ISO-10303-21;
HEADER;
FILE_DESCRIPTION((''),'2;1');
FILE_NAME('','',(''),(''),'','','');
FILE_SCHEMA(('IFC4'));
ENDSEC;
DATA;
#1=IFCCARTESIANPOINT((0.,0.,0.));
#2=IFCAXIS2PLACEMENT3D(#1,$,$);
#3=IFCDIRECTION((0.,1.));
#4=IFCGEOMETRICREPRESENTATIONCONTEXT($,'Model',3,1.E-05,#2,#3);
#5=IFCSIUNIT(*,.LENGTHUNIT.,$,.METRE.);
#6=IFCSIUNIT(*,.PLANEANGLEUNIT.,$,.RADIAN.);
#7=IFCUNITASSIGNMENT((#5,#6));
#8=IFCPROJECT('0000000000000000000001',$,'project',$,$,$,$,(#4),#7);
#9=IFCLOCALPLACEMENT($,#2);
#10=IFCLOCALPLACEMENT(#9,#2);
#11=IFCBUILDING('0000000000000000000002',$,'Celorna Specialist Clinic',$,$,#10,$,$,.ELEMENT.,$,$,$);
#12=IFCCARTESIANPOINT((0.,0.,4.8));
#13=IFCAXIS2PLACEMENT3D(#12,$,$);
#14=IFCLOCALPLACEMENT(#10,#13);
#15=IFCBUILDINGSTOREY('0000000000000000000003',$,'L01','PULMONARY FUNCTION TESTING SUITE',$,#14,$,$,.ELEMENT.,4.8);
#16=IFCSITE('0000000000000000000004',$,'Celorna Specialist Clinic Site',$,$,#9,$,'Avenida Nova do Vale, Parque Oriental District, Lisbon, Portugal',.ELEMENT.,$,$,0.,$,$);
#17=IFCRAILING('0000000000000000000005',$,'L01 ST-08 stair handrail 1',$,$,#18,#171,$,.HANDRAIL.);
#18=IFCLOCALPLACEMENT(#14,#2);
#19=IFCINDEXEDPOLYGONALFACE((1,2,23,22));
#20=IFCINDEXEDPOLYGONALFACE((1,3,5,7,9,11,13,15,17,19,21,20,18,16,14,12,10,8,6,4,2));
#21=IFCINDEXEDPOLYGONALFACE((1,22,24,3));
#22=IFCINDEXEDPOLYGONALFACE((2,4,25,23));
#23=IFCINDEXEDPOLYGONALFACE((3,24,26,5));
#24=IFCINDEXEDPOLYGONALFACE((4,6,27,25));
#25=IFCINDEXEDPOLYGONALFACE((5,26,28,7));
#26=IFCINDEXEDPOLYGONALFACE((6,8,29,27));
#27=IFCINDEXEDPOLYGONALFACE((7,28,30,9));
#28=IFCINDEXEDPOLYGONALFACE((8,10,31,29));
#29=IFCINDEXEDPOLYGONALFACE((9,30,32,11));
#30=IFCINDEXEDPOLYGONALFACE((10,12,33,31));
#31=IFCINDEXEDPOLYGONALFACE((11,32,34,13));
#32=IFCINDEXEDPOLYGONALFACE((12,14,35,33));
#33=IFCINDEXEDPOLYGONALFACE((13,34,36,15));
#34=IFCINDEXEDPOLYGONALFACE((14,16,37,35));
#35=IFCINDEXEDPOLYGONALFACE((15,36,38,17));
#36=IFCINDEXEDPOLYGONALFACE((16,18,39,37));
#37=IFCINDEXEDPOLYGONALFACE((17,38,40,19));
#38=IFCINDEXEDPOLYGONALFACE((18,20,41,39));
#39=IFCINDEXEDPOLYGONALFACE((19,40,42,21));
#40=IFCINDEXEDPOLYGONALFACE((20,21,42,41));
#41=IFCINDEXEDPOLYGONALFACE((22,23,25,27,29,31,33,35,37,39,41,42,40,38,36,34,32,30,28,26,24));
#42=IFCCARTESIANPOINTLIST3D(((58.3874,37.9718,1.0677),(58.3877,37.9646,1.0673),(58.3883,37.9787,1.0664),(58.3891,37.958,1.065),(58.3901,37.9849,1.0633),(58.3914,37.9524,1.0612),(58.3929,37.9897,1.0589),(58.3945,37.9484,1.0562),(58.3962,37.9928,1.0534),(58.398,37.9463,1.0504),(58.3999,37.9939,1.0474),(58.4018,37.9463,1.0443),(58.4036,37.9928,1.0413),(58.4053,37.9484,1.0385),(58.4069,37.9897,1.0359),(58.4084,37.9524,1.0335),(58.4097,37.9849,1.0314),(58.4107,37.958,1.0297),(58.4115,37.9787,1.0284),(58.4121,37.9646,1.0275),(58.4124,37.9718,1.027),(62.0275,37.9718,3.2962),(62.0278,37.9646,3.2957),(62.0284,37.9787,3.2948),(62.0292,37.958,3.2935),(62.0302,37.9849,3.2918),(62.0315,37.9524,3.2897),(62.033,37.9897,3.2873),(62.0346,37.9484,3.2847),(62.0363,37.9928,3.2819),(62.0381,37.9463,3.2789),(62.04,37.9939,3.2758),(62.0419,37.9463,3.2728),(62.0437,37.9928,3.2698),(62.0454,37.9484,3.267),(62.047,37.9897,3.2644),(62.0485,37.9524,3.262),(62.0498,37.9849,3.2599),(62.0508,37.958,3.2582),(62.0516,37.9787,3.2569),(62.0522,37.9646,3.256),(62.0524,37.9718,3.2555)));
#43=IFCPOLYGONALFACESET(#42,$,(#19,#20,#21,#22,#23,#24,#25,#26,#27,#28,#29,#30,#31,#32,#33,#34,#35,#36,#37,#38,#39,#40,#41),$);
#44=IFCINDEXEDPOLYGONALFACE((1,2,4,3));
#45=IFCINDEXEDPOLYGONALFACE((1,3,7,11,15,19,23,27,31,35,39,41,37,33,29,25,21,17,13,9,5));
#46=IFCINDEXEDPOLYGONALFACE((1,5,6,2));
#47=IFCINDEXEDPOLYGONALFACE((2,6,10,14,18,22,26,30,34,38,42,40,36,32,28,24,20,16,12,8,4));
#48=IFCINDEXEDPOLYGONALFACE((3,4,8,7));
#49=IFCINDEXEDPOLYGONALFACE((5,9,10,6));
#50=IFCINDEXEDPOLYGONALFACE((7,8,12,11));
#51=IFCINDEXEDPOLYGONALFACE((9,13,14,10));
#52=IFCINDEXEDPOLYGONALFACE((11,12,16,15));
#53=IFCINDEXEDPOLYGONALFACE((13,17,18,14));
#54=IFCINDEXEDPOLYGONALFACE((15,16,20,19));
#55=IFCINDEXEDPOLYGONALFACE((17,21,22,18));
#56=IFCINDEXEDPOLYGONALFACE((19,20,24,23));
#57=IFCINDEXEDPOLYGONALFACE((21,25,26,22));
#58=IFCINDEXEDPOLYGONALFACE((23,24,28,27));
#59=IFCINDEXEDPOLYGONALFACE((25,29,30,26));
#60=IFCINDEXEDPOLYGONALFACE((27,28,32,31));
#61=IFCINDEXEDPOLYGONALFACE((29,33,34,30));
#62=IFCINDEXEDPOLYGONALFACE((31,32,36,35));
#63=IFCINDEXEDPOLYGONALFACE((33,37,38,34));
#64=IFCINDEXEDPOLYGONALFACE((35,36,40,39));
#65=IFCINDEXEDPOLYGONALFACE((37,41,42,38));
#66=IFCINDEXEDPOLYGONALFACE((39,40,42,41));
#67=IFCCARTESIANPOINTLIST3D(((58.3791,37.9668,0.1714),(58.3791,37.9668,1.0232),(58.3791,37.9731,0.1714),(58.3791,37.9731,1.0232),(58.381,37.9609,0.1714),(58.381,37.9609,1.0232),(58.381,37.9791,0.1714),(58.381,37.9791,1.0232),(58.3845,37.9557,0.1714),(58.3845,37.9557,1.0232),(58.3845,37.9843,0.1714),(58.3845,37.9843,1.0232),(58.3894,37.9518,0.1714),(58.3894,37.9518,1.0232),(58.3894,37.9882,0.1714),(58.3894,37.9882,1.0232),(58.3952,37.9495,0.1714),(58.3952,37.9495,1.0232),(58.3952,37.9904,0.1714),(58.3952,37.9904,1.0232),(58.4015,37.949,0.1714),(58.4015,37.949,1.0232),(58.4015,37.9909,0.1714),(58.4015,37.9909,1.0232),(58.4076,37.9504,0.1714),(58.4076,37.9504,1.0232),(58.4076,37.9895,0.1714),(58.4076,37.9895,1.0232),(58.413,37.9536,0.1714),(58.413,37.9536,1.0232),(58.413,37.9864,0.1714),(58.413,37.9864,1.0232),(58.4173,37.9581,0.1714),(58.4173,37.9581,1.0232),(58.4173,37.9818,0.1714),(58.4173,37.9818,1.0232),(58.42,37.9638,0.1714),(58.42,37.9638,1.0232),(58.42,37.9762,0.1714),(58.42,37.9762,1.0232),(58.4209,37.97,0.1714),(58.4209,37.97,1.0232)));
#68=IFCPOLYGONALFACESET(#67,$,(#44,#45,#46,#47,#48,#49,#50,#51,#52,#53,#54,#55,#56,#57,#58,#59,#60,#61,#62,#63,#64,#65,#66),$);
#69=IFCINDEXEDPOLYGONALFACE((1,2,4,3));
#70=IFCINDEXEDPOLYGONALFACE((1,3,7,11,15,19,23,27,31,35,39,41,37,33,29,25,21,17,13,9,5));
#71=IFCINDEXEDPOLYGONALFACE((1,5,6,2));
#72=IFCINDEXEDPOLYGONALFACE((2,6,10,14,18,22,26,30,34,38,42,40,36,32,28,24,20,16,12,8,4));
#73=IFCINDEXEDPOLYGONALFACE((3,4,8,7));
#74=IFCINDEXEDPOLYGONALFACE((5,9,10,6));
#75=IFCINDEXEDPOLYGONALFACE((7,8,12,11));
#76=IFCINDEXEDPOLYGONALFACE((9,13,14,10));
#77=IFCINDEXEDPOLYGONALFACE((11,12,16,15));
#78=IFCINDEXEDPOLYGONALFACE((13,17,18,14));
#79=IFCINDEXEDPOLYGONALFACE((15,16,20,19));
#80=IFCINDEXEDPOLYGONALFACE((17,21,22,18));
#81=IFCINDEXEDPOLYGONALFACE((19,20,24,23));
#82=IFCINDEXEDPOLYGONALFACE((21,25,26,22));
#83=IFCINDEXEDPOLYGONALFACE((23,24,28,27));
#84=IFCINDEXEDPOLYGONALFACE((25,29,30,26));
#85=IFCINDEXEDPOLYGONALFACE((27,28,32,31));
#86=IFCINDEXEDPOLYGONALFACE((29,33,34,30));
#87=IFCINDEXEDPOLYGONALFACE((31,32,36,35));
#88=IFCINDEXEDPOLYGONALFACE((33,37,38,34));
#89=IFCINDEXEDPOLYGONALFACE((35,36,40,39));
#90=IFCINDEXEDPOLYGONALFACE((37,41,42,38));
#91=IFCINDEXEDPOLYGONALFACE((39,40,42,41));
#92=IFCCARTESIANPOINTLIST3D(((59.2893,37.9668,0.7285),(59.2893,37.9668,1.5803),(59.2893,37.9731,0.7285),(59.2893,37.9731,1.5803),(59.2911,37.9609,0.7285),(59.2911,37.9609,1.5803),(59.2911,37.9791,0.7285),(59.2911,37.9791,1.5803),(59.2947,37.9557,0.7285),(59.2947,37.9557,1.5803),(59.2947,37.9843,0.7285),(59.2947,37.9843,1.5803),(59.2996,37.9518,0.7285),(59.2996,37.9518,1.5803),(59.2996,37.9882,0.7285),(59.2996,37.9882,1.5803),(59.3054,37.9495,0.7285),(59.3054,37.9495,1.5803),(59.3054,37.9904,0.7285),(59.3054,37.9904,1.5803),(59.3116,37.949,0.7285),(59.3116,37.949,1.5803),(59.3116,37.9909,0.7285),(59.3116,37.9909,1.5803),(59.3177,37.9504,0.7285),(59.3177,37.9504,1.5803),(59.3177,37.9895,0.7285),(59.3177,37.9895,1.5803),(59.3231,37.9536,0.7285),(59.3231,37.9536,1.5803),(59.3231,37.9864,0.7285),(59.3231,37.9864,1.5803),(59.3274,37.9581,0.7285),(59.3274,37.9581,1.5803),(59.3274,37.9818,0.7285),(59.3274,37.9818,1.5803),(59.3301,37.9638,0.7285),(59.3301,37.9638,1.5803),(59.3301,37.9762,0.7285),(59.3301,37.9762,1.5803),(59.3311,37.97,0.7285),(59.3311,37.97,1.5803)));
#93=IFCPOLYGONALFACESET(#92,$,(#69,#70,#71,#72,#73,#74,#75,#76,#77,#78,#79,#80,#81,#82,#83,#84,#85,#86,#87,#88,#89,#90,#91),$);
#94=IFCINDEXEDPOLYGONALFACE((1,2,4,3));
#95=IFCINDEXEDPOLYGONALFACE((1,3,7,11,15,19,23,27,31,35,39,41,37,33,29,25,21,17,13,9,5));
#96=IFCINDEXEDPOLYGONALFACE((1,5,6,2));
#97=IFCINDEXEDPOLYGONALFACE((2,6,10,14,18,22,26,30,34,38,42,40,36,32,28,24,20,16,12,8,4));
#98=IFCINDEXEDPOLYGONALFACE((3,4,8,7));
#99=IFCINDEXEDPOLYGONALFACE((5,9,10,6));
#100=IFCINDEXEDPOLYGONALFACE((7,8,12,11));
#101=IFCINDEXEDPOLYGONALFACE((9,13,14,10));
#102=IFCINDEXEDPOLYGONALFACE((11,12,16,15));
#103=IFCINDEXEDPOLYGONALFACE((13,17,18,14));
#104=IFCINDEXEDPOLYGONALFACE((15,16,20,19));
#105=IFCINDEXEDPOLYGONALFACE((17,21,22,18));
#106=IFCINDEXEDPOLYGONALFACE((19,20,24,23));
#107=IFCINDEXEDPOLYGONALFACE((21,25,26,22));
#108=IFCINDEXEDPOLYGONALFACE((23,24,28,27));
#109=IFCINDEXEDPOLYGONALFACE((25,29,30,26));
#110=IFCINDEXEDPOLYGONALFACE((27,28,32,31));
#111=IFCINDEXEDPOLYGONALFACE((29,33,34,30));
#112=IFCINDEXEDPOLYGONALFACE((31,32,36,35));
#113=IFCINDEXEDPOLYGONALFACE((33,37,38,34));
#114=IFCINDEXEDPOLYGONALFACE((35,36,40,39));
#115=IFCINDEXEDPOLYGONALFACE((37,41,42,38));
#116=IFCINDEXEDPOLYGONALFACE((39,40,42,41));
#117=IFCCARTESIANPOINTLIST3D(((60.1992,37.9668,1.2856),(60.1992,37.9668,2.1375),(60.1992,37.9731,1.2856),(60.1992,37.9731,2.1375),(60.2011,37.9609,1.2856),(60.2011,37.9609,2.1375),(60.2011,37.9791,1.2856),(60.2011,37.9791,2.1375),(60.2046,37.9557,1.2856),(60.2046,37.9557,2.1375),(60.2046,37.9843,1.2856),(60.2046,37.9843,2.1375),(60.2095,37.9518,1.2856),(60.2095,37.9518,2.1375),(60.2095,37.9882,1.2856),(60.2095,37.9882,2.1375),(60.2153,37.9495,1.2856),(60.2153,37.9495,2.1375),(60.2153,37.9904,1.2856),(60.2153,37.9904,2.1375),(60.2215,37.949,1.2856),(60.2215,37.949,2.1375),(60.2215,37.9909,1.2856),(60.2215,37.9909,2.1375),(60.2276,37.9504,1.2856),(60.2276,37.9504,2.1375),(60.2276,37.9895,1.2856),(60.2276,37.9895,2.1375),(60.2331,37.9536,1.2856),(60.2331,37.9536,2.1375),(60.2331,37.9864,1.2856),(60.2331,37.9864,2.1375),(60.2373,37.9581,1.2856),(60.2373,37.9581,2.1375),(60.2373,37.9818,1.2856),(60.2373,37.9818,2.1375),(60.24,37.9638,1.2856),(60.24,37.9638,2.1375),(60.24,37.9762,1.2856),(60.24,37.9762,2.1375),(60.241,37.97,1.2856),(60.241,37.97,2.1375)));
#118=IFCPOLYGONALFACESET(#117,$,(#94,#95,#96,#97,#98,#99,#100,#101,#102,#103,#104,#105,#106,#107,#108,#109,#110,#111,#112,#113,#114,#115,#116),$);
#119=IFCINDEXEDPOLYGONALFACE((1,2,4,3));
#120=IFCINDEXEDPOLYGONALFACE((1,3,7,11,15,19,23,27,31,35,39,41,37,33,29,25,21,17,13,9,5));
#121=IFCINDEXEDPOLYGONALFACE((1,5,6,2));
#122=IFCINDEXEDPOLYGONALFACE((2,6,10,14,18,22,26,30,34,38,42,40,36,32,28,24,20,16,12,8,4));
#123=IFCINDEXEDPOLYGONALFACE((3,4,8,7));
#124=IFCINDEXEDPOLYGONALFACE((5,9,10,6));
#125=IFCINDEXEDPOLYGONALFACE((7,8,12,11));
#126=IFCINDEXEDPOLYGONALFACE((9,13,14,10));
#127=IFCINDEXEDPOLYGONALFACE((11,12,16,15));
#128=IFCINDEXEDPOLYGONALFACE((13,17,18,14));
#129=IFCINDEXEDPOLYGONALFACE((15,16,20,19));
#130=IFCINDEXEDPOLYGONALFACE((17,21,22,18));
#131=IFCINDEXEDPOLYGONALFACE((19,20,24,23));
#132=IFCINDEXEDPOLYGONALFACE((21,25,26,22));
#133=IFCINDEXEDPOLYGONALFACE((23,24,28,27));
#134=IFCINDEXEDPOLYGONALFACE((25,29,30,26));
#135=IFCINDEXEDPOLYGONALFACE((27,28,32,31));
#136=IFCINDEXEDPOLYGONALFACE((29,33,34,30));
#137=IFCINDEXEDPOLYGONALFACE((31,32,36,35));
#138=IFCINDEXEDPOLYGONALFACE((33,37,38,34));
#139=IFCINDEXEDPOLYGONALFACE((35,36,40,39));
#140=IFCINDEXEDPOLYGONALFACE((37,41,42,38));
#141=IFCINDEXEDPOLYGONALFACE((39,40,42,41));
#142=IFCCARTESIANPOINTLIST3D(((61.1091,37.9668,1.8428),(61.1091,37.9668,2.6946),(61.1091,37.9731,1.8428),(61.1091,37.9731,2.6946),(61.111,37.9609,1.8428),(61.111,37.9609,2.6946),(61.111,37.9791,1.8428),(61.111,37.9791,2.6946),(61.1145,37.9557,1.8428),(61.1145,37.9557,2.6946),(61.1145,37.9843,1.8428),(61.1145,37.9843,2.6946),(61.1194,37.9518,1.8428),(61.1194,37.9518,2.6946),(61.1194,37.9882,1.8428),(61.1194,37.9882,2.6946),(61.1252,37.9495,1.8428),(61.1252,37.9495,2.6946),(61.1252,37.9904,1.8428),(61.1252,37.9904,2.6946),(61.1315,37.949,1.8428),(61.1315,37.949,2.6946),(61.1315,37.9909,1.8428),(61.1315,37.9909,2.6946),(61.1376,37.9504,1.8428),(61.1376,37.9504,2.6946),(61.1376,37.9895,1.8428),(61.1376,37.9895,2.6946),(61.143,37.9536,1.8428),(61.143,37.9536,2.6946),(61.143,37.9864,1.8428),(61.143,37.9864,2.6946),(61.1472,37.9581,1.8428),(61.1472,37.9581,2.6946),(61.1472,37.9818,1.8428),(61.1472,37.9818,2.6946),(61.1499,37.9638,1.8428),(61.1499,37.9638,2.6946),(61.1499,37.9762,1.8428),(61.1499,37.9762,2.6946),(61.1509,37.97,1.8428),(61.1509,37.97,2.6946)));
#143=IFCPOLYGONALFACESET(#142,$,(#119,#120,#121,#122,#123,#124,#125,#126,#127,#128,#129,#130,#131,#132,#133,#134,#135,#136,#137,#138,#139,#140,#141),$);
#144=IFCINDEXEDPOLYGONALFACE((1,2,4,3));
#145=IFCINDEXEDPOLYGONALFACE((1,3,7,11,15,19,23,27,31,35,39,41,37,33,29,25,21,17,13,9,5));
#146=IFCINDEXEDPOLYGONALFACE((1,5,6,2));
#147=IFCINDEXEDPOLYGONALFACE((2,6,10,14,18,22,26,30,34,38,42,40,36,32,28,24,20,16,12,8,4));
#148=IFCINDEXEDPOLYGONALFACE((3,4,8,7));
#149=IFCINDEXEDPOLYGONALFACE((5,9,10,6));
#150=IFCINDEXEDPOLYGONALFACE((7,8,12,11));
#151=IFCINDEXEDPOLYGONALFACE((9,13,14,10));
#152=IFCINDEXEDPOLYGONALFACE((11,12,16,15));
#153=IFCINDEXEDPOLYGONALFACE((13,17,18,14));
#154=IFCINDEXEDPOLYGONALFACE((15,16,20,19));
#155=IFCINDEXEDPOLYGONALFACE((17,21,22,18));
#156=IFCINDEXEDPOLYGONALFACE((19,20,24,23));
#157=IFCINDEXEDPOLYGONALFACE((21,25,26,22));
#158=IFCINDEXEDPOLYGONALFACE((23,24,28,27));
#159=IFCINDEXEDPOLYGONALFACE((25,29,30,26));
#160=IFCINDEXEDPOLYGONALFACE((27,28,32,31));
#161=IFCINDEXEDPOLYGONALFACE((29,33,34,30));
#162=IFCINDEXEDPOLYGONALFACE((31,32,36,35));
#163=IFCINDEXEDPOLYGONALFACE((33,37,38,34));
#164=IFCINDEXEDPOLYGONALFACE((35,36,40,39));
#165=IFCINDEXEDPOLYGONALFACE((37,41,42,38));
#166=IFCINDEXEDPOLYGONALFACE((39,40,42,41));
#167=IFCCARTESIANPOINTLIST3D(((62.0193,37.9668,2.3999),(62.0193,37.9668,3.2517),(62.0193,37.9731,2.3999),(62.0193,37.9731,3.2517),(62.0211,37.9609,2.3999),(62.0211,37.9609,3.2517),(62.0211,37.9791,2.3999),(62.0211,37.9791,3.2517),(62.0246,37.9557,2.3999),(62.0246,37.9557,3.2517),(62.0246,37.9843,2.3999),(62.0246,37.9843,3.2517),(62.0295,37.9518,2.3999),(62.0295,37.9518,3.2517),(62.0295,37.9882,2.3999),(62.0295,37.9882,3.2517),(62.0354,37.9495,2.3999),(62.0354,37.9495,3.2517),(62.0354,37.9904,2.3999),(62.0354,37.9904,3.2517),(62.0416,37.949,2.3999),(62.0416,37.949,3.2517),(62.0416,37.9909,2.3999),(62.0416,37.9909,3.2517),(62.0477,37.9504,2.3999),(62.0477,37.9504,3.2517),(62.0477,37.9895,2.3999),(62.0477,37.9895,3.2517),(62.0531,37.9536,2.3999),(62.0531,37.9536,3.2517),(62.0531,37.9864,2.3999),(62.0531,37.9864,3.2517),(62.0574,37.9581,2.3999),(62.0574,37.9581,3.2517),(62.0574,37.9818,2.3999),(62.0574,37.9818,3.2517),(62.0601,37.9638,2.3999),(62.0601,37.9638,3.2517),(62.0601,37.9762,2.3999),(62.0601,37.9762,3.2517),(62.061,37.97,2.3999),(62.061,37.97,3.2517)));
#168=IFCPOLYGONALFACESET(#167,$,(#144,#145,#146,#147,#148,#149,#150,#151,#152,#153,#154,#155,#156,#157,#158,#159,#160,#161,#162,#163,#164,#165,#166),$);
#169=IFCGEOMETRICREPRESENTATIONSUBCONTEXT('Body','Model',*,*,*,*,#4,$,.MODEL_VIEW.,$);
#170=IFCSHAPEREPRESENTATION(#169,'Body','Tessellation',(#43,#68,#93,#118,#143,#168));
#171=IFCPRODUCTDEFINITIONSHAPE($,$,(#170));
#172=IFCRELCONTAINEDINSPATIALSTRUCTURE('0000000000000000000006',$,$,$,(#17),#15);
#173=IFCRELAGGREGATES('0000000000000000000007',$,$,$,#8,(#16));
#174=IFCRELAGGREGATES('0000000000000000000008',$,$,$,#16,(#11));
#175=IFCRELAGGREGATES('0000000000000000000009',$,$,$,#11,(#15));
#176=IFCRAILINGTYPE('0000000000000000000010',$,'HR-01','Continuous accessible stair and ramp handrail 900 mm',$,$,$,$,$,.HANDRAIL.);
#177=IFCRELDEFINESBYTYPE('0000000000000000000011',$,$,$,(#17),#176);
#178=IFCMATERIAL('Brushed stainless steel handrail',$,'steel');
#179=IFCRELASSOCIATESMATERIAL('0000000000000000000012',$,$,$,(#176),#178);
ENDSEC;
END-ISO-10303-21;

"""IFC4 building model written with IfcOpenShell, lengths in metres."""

from ifc_helpers import new_model, si_unit, direction, frame, origin, origin_2d, place, context, subcontext, project, spatial, circle, extrude, material, type_object, element, save


model = new_model("IFC4")

# Units and contexts
model_context = context("Model", 3, precision=1e-05, world=origin(), true_north=direction((0.0, 1.0)))
body_context = subcontext(model_context, "Body", "Model", "MODEL_VIEW")
ifc_project = project(units=[si_unit("LENGTHUNIT", "METRE"), si_unit("PLANEANGLEUNIT", "RADIAN")], contexts=[model_context])

# Site, building, storey
site_placement = place(None, origin())
site = spatial("IfcSite", under=ifc_project, at=site_placement, Name="Celorna Specialist Clinic Site", LongName="Avenida Nova do Vale, Parque Oriental District, Lisbon, Portugal", CompositionType="ELEMENT", RefElevation=0.0)
building_placement = place(site_placement, origin())
building = spatial("IfcBuilding", under=site, at=building_placement, Name="Celorna Specialist Clinic", CompositionType="ELEMENT")
storey_placement = place(building_placement, frame((0.0, 0.0, 4.8)))
storey = spatial("IfcBuildingStorey", under=building, at=storey_placement, Name="L01", Description="PULMONARY FUNCTION TESTING SUITE", CompositionType="ELEMENT", Elevation=4.8)

# Railing
ifc_material_1 = material(Name="Brushed stainless steel handrail", Category="steel")
railing_type_1 = type_object("IfcRailingType", Name="HR-01", Description="Continuous accessible stair and ramp handrail 900 mm", PredefinedType="HANDRAIL", material=ifc_material_1)
railing_1_placement = place(storey_placement, frame((58.3999, 37.97, 0.1714)))
element("IfcRailing", 1, at=railing_1_placement, inside=storey, type_object=railing_type_1, Name="L01 ST-08 stair handrail 1", PredefinedType="HANDRAIL", context=body_context, shape_type="SweptSolid", body=[
    extrude(circle(Radius=0.0239, at=origin_2d()), frame((0.0, 0.0, 0.876), z_axis=(0.852866, 0.0, 0.52213), x_axis=(0.0, 1.0, 0.0)), (0.0, 0.0, 1.0), 4.2681),
    extrude(circle(Radius=0.021, at=origin_2d()), origin(), (0.0, 0.0, 1.0), 0.8518),
    extrude(circle(Radius=0.021, at=origin_2d()), frame((0.9102, 0.0, 0.5571)), (0.0, 0.0, 1.0), 0.8518),
    extrude(circle(Radius=0.021, at=origin_2d()), frame((1.8201, 0.0, 1.1143)), (0.0, 0.0, 1.0), 0.8518),
    extrude(circle(Radius=0.021, at=origin_2d()), frame((2.73, 0.0, 1.6714)), (0.0, 0.0, 1.0), 0.8518),
    extrude(circle(Radius=0.021, at=origin_2d()), frame((3.6401, 0.0, 2.2285)), (0.0, 0.0, 1.0), 0.8518),
])

save(model, "model.ifc")
